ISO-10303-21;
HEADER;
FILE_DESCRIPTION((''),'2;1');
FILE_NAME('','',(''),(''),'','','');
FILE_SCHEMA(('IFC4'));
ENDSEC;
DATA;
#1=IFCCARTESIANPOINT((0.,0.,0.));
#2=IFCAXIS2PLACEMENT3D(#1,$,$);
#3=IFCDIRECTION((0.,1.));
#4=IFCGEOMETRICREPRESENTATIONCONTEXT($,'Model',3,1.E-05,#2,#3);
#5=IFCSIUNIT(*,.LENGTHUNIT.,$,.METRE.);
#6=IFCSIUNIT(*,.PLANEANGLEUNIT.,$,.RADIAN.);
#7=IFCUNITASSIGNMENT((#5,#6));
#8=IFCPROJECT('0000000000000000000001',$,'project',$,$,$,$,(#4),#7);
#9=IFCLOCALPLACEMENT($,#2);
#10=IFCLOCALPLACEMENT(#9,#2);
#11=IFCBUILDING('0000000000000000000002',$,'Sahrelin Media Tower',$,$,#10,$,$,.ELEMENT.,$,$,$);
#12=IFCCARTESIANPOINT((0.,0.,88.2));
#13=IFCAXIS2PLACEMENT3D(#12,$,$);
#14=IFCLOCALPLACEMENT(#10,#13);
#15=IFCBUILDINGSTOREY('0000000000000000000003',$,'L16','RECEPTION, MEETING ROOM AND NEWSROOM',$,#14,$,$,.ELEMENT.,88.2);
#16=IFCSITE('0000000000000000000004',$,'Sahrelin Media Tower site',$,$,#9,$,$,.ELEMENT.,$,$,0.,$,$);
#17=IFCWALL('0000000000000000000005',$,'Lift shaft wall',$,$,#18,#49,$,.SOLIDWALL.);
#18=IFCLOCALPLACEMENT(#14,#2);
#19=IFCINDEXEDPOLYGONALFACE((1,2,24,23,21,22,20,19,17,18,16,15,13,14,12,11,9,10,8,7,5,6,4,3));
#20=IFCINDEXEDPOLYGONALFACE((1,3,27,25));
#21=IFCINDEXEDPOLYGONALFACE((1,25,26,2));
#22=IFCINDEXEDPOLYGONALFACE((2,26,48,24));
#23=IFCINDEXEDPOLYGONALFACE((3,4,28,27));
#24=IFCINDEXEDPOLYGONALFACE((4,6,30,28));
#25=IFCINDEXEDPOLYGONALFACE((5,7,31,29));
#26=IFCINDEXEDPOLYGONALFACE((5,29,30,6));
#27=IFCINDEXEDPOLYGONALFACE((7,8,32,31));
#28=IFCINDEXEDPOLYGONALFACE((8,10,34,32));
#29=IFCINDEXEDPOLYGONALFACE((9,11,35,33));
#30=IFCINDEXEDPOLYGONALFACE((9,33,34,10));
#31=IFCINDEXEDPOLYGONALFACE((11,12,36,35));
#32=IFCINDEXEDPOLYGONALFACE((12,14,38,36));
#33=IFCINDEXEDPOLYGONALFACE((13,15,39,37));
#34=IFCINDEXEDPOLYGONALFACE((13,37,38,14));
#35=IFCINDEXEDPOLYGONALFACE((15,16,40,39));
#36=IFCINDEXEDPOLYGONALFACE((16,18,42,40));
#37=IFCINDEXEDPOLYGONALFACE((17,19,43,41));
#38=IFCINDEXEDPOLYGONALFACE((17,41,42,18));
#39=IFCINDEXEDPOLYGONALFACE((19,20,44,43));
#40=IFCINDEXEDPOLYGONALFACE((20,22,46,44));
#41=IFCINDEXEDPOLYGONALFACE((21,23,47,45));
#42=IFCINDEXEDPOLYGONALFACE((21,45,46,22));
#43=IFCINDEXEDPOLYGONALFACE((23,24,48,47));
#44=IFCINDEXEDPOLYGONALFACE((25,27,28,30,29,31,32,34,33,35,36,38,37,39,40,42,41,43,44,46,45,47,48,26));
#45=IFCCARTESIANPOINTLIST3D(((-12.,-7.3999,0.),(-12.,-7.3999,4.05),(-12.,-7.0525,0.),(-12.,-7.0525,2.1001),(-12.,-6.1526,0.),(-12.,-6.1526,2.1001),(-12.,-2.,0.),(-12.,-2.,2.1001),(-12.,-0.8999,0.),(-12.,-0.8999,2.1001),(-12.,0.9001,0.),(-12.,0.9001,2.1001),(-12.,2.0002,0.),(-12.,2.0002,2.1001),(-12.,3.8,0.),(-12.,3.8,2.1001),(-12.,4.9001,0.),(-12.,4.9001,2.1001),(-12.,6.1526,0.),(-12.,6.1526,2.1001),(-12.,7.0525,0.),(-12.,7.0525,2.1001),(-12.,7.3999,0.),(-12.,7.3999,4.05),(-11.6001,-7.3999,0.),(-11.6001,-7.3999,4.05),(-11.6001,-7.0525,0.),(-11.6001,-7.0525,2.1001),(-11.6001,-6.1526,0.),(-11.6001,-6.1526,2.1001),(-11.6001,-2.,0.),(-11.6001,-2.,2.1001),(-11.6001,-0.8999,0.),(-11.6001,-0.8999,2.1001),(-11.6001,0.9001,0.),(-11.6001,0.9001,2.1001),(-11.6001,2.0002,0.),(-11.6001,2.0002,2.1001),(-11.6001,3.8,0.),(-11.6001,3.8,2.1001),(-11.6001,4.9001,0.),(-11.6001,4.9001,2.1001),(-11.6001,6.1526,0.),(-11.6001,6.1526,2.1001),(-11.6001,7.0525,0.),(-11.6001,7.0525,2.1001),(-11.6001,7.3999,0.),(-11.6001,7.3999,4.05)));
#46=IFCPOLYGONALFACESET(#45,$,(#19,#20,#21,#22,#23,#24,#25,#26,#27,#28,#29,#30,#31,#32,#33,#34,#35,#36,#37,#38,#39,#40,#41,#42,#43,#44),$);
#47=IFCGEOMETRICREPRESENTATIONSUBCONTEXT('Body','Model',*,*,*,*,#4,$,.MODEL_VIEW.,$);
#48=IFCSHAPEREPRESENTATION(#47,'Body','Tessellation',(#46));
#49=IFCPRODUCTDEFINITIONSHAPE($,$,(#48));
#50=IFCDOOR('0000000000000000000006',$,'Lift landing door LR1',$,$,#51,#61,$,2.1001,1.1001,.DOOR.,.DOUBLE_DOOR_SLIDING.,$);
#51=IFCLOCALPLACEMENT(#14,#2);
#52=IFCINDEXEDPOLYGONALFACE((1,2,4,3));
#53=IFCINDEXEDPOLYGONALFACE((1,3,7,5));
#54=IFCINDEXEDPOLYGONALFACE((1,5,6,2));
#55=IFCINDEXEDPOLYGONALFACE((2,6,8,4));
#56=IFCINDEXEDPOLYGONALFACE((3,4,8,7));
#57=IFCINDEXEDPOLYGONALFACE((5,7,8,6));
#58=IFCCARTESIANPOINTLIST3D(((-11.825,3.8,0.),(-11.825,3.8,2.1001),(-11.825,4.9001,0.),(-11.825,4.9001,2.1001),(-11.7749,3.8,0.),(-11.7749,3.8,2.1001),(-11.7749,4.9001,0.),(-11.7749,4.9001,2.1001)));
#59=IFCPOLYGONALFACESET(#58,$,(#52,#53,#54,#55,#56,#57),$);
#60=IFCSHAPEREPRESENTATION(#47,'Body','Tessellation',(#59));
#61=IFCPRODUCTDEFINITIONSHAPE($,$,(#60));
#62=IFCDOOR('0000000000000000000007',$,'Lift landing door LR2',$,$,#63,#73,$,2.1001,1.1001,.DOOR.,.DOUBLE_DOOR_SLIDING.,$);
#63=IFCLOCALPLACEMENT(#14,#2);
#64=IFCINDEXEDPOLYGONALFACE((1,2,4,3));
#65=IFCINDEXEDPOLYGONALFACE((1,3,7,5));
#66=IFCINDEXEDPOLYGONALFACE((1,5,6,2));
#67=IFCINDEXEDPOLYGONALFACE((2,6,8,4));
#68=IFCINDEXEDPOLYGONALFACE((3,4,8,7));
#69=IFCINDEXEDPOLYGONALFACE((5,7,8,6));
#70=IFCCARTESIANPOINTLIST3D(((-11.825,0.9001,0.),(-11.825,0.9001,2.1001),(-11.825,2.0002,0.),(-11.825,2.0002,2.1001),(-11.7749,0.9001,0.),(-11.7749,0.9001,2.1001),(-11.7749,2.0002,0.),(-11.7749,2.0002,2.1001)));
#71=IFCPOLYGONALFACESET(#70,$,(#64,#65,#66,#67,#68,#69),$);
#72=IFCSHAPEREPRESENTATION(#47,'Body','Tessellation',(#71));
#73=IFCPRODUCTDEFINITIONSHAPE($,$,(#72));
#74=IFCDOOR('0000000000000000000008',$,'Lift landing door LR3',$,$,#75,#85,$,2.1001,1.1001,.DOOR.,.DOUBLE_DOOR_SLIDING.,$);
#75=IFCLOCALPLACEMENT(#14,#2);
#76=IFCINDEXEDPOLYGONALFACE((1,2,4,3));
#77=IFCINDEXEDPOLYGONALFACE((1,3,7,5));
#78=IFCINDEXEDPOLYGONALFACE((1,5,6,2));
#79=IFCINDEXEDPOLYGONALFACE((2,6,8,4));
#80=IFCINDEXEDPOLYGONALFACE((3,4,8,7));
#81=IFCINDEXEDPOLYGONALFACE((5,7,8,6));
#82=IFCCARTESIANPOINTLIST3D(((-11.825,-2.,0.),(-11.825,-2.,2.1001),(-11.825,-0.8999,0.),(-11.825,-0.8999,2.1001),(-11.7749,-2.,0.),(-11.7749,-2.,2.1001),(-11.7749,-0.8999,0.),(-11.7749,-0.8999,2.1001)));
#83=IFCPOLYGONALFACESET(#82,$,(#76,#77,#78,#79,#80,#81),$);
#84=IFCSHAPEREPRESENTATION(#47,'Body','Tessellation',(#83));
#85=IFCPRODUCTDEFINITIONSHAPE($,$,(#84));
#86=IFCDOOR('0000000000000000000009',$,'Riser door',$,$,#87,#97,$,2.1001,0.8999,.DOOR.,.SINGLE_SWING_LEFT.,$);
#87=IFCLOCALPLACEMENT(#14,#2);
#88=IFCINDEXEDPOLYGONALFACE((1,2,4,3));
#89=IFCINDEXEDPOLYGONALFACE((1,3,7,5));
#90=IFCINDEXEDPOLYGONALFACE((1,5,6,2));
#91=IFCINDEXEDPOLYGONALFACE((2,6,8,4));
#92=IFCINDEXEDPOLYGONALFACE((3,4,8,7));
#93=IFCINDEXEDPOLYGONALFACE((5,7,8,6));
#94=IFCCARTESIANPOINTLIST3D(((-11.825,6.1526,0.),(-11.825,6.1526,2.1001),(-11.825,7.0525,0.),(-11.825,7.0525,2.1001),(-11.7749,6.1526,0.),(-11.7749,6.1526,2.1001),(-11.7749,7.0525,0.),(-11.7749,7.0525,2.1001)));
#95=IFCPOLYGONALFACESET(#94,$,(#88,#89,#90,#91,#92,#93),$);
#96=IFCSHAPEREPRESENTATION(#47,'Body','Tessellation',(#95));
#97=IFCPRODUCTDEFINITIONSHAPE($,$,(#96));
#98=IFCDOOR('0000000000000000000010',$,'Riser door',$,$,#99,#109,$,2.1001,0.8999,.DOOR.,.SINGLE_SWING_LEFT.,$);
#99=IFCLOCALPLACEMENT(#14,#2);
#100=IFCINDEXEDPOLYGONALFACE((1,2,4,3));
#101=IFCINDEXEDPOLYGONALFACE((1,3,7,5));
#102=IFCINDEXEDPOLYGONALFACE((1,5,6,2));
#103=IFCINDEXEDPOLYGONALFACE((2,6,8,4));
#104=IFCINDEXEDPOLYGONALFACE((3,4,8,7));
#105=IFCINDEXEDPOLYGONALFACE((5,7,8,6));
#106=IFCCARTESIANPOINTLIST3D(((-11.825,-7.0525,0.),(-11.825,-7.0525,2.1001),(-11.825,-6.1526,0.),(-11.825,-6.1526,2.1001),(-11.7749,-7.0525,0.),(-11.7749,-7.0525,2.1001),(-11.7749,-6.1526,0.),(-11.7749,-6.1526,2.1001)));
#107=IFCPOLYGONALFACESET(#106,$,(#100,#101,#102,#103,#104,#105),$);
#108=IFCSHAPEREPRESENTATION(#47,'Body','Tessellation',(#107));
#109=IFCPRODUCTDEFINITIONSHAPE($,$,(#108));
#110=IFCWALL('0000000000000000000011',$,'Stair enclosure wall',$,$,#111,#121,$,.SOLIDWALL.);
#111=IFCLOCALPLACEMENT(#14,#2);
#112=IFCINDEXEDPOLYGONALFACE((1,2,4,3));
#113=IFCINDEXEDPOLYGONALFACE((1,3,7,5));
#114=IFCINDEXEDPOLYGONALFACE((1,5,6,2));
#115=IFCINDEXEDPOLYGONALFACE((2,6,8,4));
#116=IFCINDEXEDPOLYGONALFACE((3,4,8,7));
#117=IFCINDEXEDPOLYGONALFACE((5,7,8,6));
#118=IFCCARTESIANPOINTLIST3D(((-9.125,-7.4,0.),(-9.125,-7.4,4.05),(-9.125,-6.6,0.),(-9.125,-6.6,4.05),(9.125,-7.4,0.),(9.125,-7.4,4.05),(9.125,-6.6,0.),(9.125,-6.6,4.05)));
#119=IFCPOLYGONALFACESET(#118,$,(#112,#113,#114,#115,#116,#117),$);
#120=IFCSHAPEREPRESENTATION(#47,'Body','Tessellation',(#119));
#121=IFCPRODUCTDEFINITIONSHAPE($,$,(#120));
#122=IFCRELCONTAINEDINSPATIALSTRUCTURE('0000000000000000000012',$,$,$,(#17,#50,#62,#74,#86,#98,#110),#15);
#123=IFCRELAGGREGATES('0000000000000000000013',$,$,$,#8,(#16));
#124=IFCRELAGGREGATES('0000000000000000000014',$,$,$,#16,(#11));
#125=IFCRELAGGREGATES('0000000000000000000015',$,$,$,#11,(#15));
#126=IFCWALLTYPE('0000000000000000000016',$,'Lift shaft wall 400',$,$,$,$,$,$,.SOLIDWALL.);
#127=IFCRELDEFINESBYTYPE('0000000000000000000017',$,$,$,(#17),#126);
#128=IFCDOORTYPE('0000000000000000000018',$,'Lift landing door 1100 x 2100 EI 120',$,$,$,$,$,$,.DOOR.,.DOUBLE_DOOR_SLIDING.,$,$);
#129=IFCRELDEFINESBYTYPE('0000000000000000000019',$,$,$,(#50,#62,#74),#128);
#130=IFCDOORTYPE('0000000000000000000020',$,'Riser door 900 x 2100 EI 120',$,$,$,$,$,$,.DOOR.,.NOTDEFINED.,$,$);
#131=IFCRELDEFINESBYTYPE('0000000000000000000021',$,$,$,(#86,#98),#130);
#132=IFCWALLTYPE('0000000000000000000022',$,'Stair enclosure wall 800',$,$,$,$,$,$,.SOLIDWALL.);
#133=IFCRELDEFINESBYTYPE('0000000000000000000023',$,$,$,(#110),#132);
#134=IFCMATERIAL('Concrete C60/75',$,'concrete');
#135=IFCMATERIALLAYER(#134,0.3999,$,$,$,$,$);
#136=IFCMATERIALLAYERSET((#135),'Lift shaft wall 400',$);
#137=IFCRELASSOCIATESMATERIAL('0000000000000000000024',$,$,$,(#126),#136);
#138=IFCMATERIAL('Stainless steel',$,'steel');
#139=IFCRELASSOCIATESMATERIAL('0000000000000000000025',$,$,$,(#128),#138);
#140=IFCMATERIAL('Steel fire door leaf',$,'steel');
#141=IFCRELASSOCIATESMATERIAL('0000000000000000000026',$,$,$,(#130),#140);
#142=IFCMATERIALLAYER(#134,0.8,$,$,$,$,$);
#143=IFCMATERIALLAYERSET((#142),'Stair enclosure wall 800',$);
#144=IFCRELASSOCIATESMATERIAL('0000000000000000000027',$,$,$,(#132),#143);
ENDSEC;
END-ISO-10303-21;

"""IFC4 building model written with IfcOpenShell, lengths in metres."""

from ifc_helpers import new_model, si_unit, direction, frame, frame_2d, origin, place, context, subcontext, project, spatial, rectangle, extrude, material, layer, layer_set, type_object, element, fill, save


model = new_model("IFC4")

# Units and contexts
model_context = context("Model", 3, precision=1e-05, world=origin(), true_north=direction((0.0, 1.0)))
body_context = subcontext(model_context, "Body", "Model", "MODEL_VIEW")
ifc_project = project(units=[si_unit("LENGTHUNIT", "METRE"), si_unit("PLANEANGLEUNIT", "RADIAN")], contexts=[model_context])

# Site, building, storey
site_placement = place(None, origin())
site = spatial("IfcSite", under=ifc_project, at=site_placement, Name="Sahrelin Media Tower site", CompositionType="ELEMENT", RefElevation=0.0)
building_placement = place(site_placement, origin())
building = spatial("IfcBuilding", under=site, at=building_placement, Name="Sahrelin Media Tower", CompositionType="ELEMENT")
storey_placement = place(building_placement, frame((0.0, 0.0, 88.2)))
storey = spatial("IfcBuildingStorey", under=building, at=storey_placement, Name="L16", Description="RECEPTION, MEETING ROOM AND NEWSROOM", CompositionType="ELEMENT", Elevation=88.2)

# Shared definitions
ifc_material_1 = material(Name="Concrete C60/75", Category="concrete")
ifc_material_2 = material(Name="Steel fire door leaf", Category="steel")

# Wall, openings, doors
ifc_layer_1 = layer(ifc_material_1, 0.3999)
ifc_layer_set_1 = layer_set([ifc_layer_1], Name="Lift shaft wall 400")
wall_type_1 = type_object("IfcWallType", Name="Lift shaft wall 400", PredefinedType="SOLIDWALL", material=ifc_layer_set_1)
wall_1_placement = place(storey_placement, frame((-11.8, -7.3999, 0.0), z_axis=(0.0, 0.0, 1.0), x_axis=(0.0, 1.0, 0.0)))
wall_1 = element("IfcWall", 1, at=wall_1_placement, inside=storey, type_object=wall_type_1, Name="Lift shaft wall", PredefinedType="SOLIDWALL", context=body_context, shape_type="SweptSolid", body=[
    extrude(rectangle(XDim=14.7998, YDim=0.3999, at=frame_2d((7.3999, 0.0))), origin(), (0.0, 0.0, 1.0), 4.05),
])
opening_1_placement = place(wall_1_placement, frame((11.2, 0.0, 0.0)))
opening_1 = element("IfcOpeningElement", 2, at=opening_1_placement, cuts=wall_1, PredefinedType="OPENING", context=body_context, shape_type="SweptSolid", body=[
    extrude(rectangle(XDim=1.1001, YDim=2.1001, at=frame_2d((0.55, 1.05))), frame((0.0, 0.2, 0.0), z_axis=(0.0, -1.0, 0.0), x_axis=(1.0, 0.0, 0.0)), (0.0, 0.0, 1.0), 0.3999),
])
opening_2_placement = place(wall_1_placement, frame((8.3, 0.0, 0.0)))
opening_2 = element("IfcOpeningElement", 3, at=opening_2_placement, cuts=wall_1, PredefinedType="OPENING", context=body_context, shape_type="SweptSolid", body=[
    extrude(rectangle(XDim=1.1001, YDim=2.1001, at=frame_2d((0.55, 1.05))), frame((0.0, 0.2, 0.0), z_axis=(0.0, -1.0, 0.0), x_axis=(1.0, 0.0, 0.0)), (0.0, 0.0, 1.0), 0.3999),
])
opening_3_placement = place(wall_1_placement, frame((5.3999, 0.0, 0.0)))
opening_3 = element("IfcOpeningElement", 4, at=opening_3_placement, cuts=wall_1, PredefinedType="OPENING", context=body_context, shape_type="SweptSolid", body=[
    extrude(rectangle(XDim=1.1001, YDim=2.1001, at=frame_2d((0.55, 1.05))), frame((0.0, 0.2, 0.0), z_axis=(0.0, -1.0, 0.0), x_axis=(1.0, 0.0, 0.0)), (0.0, 0.0, 1.0), 0.3999),
])
opening_4_placement = place(wall_1_placement, frame((13.5525, 0.0, 0.0)))
opening_4 = element("IfcOpeningElement", 5, at=opening_4_placement, cuts=wall_1, PredefinedType="OPENING", context=body_context, shape_type="SweptSolid", body=[
    extrude(rectangle(XDim=0.8999, YDim=2.1001, at=frame_2d((0.45, 1.05))), frame((0.0, 0.2, 0.0), z_axis=(0.0, -1.0, 0.0), x_axis=(1.0, 0.0, 0.0)), (0.0, 0.0, 1.0), 0.3999),
])
opening_5_placement = place(wall_1_placement, frame((0.3474, 0.0, 0.0)))
opening_5 = element("IfcOpeningElement", 6, at=opening_5_placement, cuts=wall_1, PredefinedType="OPENING", context=body_context, shape_type="SweptSolid", body=[
    extrude(rectangle(XDim=0.8999, YDim=2.1001, at=frame_2d((0.45, 1.05))), frame((0.0, 0.2, 0.0), z_axis=(0.0, -1.0, 0.0), x_axis=(1.0, 0.0, 0.0)), (0.0, 0.0, 1.0), 0.3999),
])
ifc_material_3 = material(Name="Stainless steel", Category="steel")
door_type_1 = type_object("IfcDoorType", Name="Lift landing door 1100 x 2100 EI 120", OperationType="DOUBLE_DOOR_SLIDING", PredefinedType="DOOR", material=ifc_material_3)
door_1_placement = place(opening_1_placement, origin())
door_1 = element("IfcDoor", 7, at=door_1_placement, inside=storey, type_object=door_type_1, Name="Lift landing door LR1", OperationType="DOUBLE_DOOR_SLIDING", OverallHeight=2.1001, OverallWidth=1.1001, PredefinedType="DOOR", context=body_context, shape_type="SweptSolid", body=[
    extrude(rectangle(XDim=1.1001, YDim=2.1001, at=frame_2d((0.55, 1.05))), frame((0.0, 0.0249, 0.0), z_axis=(0.0, -1.0, 0.0), x_axis=(1.0, 0.0, 0.0)), (0.0, 0.0, 1.0), 0.05),
])
fill(opening_1, door_1)
door_2_placement = place(opening_2_placement, origin())
door_2 = element("IfcDoor", 8, at=door_2_placement, inside=storey, type_object=door_type_1, Name="Lift landing door LR2", OperationType="DOUBLE_DOOR_SLIDING", OverallHeight=2.1001, OverallWidth=1.1001, PredefinedType="DOOR", context=body_context, shape_type="SweptSolid", body=[
    extrude(rectangle(XDim=1.1001, YDim=2.1001, at=frame_2d((0.55, 1.05))), frame((0.0, 0.0249, 0.0), z_axis=(0.0, -1.0, 0.0), x_axis=(1.0, 0.0, 0.0)), (0.0, 0.0, 1.0), 0.05),
])
fill(opening_2, door_2)
door_3_placement = place(opening_3_placement, origin())
door_3 = element("IfcDoor", 9, at=door_3_placement, inside=storey, type_object=door_type_1, Name="Lift landing door LR3", OperationType="DOUBLE_DOOR_SLIDING", OverallHeight=2.1001, OverallWidth=1.1001, PredefinedType="DOOR", context=body_context, shape_type="SweptSolid", body=[
    extrude(rectangle(XDim=1.1001, YDim=2.1001, at=frame_2d((0.55, 1.05))), frame((0.0, 0.0249, 0.0), z_axis=(0.0, -1.0, 0.0), x_axis=(1.0, 0.0, 0.0)), (0.0, 0.0, 1.0), 0.05),
])
fill(opening_3, door_3)
door_type_2 = type_object("IfcDoorType", Name="Riser door 900 x 2100 EI 120", OperationType="NOTDEFINED", PredefinedType="DOOR", material=ifc_material_2)
door_4_placement = place(opening_4_placement, origin())
door_4 = element("IfcDoor", 10, at=door_4_placement, inside=storey, type_object=door_type_2, Name="Riser door", OperationType="SINGLE_SWING_LEFT", OverallHeight=2.1001, OverallWidth=0.8999, PredefinedType="DOOR", context=body_context, shape_type="SweptSolid", body=[
    extrude(rectangle(XDim=0.8999, YDim=2.1001, at=frame_2d((0.45, 1.05))), frame((0.0, 0.0249, 0.0), z_axis=(0.0, -1.0, 0.0), x_axis=(1.0, 0.0, 0.0)), (0.0, 0.0, 1.0), 0.05),
])
fill(opening_4, door_4)
door_5_placement = place(opening_5_placement, origin())
door_5 = element("IfcDoor", 11, at=door_5_placement, inside=storey, type_object=door_type_2, Name="Riser door", OperationType="SINGLE_SWING_LEFT", OverallHeight=2.1001, OverallWidth=0.8999, PredefinedType="DOOR", context=body_context, shape_type="SweptSolid", body=[
    extrude(rectangle(XDim=0.8999, YDim=2.1001, at=frame_2d((0.45, 1.05))), frame((0.0, 0.0249, 0.0), z_axis=(0.0, -1.0, 0.0), x_axis=(1.0, 0.0, 0.0)), (0.0, 0.0, 1.0), 0.05),
])
fill(opening_5, door_5)

# Wall
ifc_layer_2 = layer(ifc_material_1, 0.8)
ifc_layer_set_2 = layer_set([ifc_layer_2], Name="Stair enclosure wall 800")
wall_type_2 = type_object("IfcWallType", Name="Stair enclosure wall 800", PredefinedType="SOLIDWALL", material=ifc_layer_set_2)
wall_2_placement = place(storey_placement, frame((-9.125, -7.0, 0.0), z_axis=(0.0, 0.0, 1.0), x_axis=(1.0, 0.0, 0.0)))
element("IfcWall", 12, at=wall_2_placement, inside=storey, type_object=wall_type_2, Name="Stair enclosure wall", PredefinedType="SOLIDWALL", context=body_context, shape_type="SweptSolid", body=[
    extrude(rectangle(XDim=18.25, YDim=0.8, at=frame_2d((9.125, 0.0))), origin(), (0.0, 0.0, 1.0), 4.05),
])

save(model, "model.ifc")
